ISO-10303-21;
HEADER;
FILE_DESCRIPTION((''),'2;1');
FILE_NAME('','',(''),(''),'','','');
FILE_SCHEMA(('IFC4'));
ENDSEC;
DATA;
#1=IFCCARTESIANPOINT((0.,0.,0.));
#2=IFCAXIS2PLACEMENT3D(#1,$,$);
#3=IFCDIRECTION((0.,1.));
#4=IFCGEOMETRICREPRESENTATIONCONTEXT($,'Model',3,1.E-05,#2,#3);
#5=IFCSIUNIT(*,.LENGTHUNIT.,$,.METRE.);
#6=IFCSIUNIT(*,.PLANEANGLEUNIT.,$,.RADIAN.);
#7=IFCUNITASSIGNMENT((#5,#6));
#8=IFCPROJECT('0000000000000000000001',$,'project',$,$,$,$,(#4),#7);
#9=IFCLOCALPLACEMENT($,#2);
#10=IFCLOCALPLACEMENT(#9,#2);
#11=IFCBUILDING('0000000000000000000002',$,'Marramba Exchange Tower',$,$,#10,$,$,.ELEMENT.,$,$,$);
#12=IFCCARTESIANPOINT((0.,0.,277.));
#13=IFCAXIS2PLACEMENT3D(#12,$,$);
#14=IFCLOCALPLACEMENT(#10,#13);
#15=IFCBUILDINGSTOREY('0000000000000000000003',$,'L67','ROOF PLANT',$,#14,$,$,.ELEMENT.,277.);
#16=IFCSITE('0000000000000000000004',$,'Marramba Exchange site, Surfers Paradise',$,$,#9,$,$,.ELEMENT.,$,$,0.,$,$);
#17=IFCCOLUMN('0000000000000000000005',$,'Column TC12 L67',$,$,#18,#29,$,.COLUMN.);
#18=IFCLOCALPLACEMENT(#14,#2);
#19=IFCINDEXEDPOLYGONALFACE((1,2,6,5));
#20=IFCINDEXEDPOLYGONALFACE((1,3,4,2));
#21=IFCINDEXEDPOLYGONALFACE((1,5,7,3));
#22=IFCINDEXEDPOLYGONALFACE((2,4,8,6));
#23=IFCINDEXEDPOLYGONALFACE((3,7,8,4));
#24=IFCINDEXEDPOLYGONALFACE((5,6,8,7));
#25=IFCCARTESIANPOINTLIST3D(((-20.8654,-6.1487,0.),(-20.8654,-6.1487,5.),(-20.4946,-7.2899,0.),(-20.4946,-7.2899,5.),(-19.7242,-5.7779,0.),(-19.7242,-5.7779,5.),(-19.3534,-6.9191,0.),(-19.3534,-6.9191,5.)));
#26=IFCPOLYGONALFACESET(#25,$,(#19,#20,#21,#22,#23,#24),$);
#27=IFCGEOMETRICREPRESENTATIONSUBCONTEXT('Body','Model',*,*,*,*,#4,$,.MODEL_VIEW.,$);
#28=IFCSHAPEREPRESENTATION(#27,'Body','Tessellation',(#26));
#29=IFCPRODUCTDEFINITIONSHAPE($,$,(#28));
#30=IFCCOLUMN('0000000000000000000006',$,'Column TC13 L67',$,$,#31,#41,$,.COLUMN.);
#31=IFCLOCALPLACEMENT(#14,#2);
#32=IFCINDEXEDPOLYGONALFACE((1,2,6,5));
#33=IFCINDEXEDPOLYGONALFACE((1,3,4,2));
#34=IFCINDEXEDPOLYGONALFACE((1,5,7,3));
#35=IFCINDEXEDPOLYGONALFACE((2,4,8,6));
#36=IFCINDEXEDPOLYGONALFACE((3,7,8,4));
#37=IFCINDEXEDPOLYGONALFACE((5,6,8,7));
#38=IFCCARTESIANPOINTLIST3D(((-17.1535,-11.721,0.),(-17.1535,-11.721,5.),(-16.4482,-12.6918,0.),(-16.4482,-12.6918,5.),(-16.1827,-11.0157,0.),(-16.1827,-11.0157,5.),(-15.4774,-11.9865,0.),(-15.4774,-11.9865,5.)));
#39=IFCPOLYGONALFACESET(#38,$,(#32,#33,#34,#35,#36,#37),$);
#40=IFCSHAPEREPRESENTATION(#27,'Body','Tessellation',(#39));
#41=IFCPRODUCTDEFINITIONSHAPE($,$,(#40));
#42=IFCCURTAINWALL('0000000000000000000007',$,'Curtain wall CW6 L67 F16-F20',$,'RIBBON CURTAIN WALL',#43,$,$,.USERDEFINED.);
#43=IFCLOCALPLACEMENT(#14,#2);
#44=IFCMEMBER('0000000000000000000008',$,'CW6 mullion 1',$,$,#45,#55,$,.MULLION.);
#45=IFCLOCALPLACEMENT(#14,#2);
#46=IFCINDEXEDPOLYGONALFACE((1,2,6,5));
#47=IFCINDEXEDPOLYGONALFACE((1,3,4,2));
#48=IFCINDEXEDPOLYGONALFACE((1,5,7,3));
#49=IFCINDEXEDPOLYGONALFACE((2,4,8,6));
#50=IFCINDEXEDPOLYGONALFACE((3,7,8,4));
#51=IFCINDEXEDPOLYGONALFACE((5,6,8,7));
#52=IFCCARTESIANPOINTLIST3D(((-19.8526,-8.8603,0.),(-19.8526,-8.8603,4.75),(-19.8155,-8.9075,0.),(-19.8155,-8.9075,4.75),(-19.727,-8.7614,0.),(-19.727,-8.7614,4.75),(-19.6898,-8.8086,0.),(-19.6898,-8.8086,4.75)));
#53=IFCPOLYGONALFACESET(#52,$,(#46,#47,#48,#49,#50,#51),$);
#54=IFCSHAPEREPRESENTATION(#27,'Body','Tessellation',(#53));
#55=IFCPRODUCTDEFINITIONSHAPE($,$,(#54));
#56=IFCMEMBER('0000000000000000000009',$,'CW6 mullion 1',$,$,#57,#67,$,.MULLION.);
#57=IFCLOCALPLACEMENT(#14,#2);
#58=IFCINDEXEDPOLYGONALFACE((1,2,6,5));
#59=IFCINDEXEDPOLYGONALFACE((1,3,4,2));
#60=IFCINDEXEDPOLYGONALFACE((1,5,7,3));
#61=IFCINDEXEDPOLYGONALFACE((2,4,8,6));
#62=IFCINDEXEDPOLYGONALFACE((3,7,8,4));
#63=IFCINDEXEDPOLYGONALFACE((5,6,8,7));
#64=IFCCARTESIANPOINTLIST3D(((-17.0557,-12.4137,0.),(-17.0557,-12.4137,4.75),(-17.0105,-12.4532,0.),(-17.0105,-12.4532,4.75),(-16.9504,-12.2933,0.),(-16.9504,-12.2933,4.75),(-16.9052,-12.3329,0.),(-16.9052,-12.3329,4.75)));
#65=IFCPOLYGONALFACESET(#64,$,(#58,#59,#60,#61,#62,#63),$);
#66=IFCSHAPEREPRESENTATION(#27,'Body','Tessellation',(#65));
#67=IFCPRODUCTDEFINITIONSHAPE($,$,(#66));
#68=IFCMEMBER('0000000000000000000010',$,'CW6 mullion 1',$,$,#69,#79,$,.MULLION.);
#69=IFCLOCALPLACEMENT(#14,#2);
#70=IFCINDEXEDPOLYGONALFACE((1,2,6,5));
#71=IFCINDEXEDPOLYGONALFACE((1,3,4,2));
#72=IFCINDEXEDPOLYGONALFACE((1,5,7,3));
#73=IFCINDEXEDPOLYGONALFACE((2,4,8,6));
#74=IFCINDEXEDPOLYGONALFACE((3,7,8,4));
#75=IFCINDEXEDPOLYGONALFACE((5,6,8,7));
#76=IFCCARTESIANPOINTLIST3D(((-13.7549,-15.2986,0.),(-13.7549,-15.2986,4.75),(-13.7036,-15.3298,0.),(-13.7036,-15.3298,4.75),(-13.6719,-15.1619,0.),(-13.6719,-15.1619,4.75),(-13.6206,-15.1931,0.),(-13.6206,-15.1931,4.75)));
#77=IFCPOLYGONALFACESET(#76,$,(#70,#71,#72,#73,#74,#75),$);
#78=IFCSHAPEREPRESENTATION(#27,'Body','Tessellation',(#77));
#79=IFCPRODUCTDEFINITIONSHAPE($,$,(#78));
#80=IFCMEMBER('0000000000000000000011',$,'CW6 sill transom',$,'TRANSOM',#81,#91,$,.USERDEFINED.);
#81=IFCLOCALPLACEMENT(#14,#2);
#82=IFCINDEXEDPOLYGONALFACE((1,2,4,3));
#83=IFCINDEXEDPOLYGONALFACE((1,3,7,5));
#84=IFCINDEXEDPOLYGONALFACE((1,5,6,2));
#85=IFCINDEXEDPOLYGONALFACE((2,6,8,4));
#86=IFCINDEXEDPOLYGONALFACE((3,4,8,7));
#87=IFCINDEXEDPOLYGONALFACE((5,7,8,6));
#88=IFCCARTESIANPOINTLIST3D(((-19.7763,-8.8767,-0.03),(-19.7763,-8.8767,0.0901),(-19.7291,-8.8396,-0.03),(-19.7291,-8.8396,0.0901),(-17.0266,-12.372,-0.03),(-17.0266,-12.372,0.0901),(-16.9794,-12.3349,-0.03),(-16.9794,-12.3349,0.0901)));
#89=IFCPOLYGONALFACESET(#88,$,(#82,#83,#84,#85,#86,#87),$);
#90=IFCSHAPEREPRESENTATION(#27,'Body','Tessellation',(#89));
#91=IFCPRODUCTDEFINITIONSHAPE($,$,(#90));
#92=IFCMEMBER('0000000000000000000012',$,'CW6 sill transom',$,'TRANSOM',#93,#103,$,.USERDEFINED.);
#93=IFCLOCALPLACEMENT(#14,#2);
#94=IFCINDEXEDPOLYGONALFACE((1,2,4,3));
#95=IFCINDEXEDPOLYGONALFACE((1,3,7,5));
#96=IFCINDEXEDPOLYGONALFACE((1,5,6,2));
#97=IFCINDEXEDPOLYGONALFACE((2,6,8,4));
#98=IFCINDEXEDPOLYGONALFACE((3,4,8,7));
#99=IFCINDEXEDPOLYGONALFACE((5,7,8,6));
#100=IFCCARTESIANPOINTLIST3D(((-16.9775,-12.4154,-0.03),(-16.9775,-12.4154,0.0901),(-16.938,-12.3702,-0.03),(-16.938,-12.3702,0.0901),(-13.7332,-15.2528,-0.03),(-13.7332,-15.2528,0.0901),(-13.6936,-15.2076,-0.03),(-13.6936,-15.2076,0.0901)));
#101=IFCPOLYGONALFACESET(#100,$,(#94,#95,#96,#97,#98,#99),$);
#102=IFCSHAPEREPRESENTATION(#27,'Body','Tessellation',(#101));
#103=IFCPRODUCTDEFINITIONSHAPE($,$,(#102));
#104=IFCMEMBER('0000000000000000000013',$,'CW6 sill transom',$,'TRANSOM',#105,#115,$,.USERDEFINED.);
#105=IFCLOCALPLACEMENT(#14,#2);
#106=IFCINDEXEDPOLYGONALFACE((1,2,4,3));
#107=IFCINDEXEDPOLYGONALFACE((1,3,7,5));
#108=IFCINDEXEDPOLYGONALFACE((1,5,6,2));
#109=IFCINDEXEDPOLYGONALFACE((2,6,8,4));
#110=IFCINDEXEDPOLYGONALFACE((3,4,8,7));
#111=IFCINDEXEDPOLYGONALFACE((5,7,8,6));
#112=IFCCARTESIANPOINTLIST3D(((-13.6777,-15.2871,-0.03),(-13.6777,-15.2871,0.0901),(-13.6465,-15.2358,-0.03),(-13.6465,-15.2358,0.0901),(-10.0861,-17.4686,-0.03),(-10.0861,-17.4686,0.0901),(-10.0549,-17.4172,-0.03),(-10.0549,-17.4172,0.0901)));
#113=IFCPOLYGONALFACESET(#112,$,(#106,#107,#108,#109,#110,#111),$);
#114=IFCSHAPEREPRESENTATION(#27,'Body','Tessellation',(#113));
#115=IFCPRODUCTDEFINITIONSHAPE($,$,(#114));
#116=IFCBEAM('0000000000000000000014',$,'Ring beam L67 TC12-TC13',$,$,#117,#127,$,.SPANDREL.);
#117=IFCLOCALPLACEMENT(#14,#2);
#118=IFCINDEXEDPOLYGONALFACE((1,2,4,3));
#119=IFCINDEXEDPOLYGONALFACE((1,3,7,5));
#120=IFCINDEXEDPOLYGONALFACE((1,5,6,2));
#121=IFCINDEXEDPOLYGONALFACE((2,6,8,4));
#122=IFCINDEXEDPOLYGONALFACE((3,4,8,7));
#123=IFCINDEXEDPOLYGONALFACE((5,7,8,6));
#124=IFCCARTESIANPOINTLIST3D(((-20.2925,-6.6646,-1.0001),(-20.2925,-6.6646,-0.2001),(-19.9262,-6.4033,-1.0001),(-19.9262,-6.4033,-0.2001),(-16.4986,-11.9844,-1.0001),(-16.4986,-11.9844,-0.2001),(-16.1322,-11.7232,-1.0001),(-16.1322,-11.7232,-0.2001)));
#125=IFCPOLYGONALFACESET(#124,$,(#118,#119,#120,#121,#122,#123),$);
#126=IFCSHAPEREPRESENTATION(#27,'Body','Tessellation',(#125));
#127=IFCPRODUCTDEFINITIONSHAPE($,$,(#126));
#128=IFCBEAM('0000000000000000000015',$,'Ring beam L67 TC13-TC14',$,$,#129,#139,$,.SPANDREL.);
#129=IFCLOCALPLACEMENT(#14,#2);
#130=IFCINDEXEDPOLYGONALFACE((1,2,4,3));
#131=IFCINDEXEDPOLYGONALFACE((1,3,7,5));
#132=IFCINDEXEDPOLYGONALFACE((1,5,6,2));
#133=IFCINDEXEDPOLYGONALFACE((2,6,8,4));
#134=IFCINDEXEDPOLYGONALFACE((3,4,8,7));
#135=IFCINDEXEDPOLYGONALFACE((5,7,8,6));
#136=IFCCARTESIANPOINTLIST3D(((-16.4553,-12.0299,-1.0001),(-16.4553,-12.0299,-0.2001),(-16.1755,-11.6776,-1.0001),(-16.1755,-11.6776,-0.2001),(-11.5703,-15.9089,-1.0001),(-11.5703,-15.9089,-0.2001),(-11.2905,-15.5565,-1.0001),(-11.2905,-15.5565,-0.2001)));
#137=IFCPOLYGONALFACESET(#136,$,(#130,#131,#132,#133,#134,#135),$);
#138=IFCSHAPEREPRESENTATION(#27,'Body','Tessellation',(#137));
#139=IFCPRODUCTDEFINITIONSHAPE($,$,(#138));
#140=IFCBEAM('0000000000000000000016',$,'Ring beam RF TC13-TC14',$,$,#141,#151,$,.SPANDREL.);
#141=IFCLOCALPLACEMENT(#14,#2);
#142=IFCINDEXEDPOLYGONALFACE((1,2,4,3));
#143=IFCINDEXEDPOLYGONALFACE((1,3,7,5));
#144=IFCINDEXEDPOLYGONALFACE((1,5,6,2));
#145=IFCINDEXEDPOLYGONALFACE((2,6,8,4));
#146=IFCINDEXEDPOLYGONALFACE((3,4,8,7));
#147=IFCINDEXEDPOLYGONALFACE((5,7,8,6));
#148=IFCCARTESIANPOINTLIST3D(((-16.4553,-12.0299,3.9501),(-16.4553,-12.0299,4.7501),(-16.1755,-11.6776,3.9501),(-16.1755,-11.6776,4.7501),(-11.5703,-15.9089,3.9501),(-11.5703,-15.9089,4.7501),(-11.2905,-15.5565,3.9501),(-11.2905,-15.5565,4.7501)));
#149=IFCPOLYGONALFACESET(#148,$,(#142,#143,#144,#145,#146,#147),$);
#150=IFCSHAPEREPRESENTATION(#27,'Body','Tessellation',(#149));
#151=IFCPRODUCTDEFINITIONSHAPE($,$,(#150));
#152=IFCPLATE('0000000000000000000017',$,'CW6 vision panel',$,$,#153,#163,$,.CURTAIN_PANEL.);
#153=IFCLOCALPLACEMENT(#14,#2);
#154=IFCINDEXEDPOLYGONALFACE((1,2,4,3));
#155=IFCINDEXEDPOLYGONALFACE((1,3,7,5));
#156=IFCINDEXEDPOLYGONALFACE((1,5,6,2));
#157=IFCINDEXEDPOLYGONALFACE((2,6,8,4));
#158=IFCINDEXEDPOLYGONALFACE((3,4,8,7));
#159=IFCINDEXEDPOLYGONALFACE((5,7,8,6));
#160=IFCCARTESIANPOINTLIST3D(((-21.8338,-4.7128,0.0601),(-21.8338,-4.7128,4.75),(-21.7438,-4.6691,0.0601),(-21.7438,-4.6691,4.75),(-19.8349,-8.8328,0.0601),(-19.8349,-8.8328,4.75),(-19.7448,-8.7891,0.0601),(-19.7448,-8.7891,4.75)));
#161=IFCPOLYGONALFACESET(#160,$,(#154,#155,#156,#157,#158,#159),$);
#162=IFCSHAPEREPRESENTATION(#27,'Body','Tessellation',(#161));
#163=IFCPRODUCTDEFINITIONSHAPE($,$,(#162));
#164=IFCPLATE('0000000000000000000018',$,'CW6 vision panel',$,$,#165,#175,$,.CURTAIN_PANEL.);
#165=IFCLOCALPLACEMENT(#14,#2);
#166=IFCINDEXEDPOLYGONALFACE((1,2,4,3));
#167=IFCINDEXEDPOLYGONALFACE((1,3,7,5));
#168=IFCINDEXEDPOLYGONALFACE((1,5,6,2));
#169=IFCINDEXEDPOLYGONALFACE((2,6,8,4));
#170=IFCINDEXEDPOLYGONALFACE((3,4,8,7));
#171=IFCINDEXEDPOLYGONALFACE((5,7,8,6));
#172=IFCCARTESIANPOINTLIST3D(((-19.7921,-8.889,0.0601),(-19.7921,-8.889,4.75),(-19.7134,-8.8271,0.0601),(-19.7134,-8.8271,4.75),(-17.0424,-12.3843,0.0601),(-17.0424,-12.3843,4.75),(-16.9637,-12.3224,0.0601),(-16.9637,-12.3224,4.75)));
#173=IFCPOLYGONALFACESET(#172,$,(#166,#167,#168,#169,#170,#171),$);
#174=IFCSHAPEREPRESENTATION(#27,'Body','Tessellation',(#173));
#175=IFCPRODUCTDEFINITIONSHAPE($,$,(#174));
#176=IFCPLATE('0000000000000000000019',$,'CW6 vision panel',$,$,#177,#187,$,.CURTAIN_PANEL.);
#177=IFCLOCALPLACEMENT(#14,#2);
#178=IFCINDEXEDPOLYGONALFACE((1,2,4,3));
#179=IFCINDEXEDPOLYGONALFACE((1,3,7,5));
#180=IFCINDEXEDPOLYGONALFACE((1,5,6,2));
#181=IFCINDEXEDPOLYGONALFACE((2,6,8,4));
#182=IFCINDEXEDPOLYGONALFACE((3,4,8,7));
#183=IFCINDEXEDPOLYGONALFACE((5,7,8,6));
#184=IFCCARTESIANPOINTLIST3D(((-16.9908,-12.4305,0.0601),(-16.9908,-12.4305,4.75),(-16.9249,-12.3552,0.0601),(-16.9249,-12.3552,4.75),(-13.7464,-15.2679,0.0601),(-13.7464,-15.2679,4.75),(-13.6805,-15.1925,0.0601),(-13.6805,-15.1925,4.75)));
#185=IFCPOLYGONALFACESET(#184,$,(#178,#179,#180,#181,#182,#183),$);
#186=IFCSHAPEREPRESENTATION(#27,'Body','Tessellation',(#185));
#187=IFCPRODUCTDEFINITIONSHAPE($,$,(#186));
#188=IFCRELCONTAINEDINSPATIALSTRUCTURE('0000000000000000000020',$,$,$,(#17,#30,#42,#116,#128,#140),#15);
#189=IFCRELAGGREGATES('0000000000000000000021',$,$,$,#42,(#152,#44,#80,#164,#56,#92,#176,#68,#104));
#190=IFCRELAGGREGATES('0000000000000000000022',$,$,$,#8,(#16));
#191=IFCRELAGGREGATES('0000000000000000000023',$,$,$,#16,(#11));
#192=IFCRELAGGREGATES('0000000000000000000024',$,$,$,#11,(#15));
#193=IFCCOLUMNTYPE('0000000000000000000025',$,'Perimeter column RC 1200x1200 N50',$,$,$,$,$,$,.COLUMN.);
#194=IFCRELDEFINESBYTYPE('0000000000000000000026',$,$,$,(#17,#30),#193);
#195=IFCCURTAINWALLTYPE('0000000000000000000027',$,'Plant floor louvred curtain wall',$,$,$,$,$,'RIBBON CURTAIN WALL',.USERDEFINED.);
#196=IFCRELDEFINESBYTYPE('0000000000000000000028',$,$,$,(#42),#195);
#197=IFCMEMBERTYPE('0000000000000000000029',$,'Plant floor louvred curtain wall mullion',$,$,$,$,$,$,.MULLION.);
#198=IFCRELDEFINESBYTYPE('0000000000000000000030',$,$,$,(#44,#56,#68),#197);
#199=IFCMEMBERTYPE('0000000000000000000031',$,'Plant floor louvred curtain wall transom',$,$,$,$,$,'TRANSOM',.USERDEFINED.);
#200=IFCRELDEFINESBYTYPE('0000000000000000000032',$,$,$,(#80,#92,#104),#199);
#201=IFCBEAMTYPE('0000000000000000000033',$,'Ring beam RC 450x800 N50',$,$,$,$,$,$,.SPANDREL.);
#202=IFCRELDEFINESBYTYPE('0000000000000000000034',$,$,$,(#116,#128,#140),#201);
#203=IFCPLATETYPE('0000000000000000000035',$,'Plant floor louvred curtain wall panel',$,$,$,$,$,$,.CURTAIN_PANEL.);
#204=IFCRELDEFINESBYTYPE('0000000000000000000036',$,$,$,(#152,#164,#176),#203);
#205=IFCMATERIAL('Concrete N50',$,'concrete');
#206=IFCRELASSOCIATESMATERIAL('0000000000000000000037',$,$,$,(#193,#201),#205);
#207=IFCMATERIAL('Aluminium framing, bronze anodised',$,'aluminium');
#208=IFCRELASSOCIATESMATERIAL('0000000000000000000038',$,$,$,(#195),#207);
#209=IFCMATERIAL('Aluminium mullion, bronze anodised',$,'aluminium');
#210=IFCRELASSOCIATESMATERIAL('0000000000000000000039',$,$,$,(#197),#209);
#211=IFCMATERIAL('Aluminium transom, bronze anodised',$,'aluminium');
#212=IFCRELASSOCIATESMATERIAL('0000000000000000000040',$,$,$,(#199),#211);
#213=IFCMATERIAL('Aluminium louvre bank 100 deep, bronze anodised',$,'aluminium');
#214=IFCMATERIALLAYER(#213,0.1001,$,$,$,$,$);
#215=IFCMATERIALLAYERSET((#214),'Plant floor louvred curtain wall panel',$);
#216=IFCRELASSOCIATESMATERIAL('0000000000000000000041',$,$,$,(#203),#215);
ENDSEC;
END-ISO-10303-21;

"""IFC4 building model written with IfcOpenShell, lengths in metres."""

from ifc_helpers import new_model, si_unit, direction, frame, origin, origin_2d, place, context, subcontext, project, spatial, rectangle, extrude, material, layer, layer_set, material_profile, profile_set, type_object, element, aggregate, save


model = new_model("IFC4")

# Units and contexts
model_context = context("Model", 3, precision=1e-05, world=origin(), true_north=direction((0.0, 1.0)))
body_context = subcontext(model_context, "Body", "Model", "MODEL_VIEW")
ifc_project = project(units=[si_unit("LENGTHUNIT", "METRE"), si_unit("PLANEANGLEUNIT", "RADIAN")], contexts=[model_context])

# Site, building, storey
site_placement = place(None, origin())
site = spatial("IfcSite", under=ifc_project, at=site_placement, Name="Marramba Exchange site, Surfers Paradise", CompositionType="ELEMENT", RefElevation=0.0)
building_placement = place(site_placement, origin())
building = spatial("IfcBuilding", under=site, at=building_placement, Name="Marramba Exchange Tower", CompositionType="ELEMENT")
storey_placement = place(building_placement, frame((0.0, 0.0, 277.0)))
storey = spatial("IfcBuildingStorey", under=building, at=storey_placement, Name="L67", Description="ROOF PLANT", CompositionType="ELEMENT", Elevation=277.0)

# Columns
ifc_material_1 = material(Name="Concrete N50", Category="concrete")
ifc_material_profile_1 = material_profile(ifc_material_1, rectangle(XDim=1.2, YDim=1.2, at=origin_2d()), Name="RC 1200x1200")
ifc_profile_set_1 = profile_set([ifc_material_profile_1], Name="Concrete N50")
column_type = type_object("IfcColumnType", Name="Perimeter column RC 1200x1200 N50", PredefinedType="COLUMN", material=ifc_profile_set_1)
for number, where, z_axis, x_axis, name in (
    (1, (-20.1094, -6.5339, 0.0), (0.0, 0.0, 1.0), (-0.951057, -0.309017, 0.0), "Column TC12 L67"),
    (2, (-16.3154, -11.8538, 0.0), (0.0, 0.0, 1.0), (-0.809017, -0.587785, 0.0), "Column TC13 L67"),
):
    element("IfcColumn", number, at=place(storey_placement, frame(where, z_axis=z_axis, x_axis=x_axis)), inside=storey, type_object=column_type, Name=name, PredefinedType="COLUMN", context=body_context, shape_type="SweptSolid", body=[
        extrude(rectangle(XDim=1.2, YDim=1.2, at=origin_2d()), origin(), (0.0, 0.0, 1.0), 5.0),
    ])

# Curtain wall, members
ifc_material_2 = material(Name="Aluminium framing, bronze anodised", Category="aluminium")
curtain_wall_type = type_object("IfcCurtainWallType", Name="Plant floor louvred curtain wall", ElementType="RIBBON CURTAIN WALL", PredefinedType="USERDEFINED", material=ifc_material_2)
curtain_wall_placement = place(storey_placement, origin())
curtain_wall = element("IfcCurtainWall", 3, at=curtain_wall_placement, inside=storey, type_object=curtain_wall_type, Name="Curtain wall CW6 L67 F16-F20", ObjectType="RIBBON CURTAIN WALL", PredefinedType="USERDEFINED")
ifc_material_3 = material(Name="Aluminium mullion, bronze anodised", Category="aluminium")
ifc_material_profile_2 = material_profile(ifc_material_3, rectangle(XDim=0.1599, YDim=0.0601, at=origin_2d()), Name="CW6 mullion 60x160")
ifc_profile_set_2 = profile_set([ifc_material_profile_2], Name="Aluminium mullion, bronze anodised")
member_type_1 = type_object("IfcMemberType", Name="Plant floor louvred curtain wall mullion", PredefinedType="MULLION", material=ifc_profile_set_2)
member_1_placement = place(storey_placement, frame((-19.7712, -8.8345, 0.0), z_axis=(0.0, 0.0, 1.0), x_axis=(0.78595, 0.618291, 0.0)))
member_1 = element("IfcMember", 4, at=member_1_placement, type_object=member_type_1, Name="CW6 mullion 1", PredefinedType="MULLION", context=body_context, shape_type="SweptSolid", body=[
    extrude(rectangle(XDim=0.1599, YDim=0.0601, at=origin_2d()), origin(), (0.0, 0.0, 1.0), 4.75),
])
member_2_placement = place(storey_placement, frame((-16.9805, -12.3733, 0.0), z_axis=(0.0, 0.0, 1.0), x_axis=(0.658305, 0.752751, 0.0)))
member_2 = element("IfcMember", 5, at=member_2_placement, type_object=member_type_1, Name="CW6 mullion 1", PredefinedType="MULLION", context=body_context, shape_type="SweptSolid", body=[
    extrude(rectangle(XDim=0.1599, YDim=0.0601, at=origin_2d()), origin(), (0.0, 0.0, 1.0), 4.75),
])
member_3_placement = place(storey_placement, frame((-13.6877, -15.2458, 0.0), z_axis=(0.0, 0.0, 1.0), x_axis=(0.519115, 0.854704, 0.0)))
member_3 = element("IfcMember", 6, at=member_3_placement, type_object=member_type_1, Name="CW6 mullion 1", PredefinedType="MULLION", context=body_context, shape_type="SweptSolid", body=[
    extrude(rectangle(XDim=0.1599, YDim=0.0601, at=origin_2d()), origin(), (0.0, 0.0, 1.0), 4.75),
])
ifc_material_4 = material(Name="Aluminium transom, bronze anodised", Category="aluminium")
ifc_material_profile_3 = material_profile(ifc_material_4, rectangle(XDim=0.0601, YDim=0.1201, at=origin_2d()), Name="CW6 transom 60x120")
ifc_profile_set_3 = profile_set([ifc_material_profile_3], Name="Aluminium transom, bronze anodised")
member_type_2 = type_object("IfcMemberType", Name="Plant floor louvred curtain wall transom", ElementType="TRANSOM", PredefinedType="USERDEFINED", material=ifc_profile_set_3)
member_4_placement = place(storey_placement, frame((-19.7527, -8.8582, 0.03), z_axis=(0.618294, -0.785947, 0.0), x_axis=(0.785947, 0.618294, 0.0)))
member_4 = element("IfcMember", 7, at=member_4_placement, type_object=member_type_2, Name="CW6 sill transom", ObjectType="TRANSOM", PredefinedType="USERDEFINED", context=body_context, shape_type="SweptSolid", body=[
    extrude(rectangle(XDim=0.0601, YDim=0.1201, at=origin_2d()), origin(), (0.0, 0.0, 1.0), 4.4473),
])
member_5_placement = place(storey_placement, frame((-16.9578, -12.3928, 0.03), z_axis=(0.752742, -0.658316, 0.0), x_axis=(0.658316, 0.752742, 0.0)))
member_5 = element("IfcMember", 8, at=member_5_placement, type_object=member_type_2, Name="CW6 sill transom", ObjectType="TRANSOM", PredefinedType="USERDEFINED", context=body_context, shape_type="SweptSolid", body=[
    extrude(rectangle(XDim=0.0601, YDim=0.1201, at=origin_2d()), origin(), (0.0, 0.0, 1.0), 4.3101),
])
member_6_placement = place(storey_placement, frame((-13.6621, -15.2615, 0.03), z_axis=(0.854702, -0.519119, 0.0), x_axis=(0.519119, 0.854702, 0.0)))
member_6 = element("IfcMember", 9, at=member_6_placement, type_object=member_type_2, Name="CW6 sill transom", ObjectType="TRANSOM", PredefinedType="USERDEFINED", context=body_context, shape_type="SweptSolid", body=[
    extrude(rectangle(XDim=0.0601, YDim=0.1201, at=origin_2d()), origin(), (0.0, 0.0, 1.0), 4.2021),
])

# Beams
ifc_material_profile_4 = material_profile(ifc_material_1, rectangle(XDim=0.45, YDim=0.8, at=origin_2d()), Name="RC 450x800")
ifc_profile_set_4 = profile_set([ifc_material_profile_4], Name="Concrete N50")
beam_type = type_object("IfcBeamType", Name="Ring beam RC 450x800 N50", PredefinedType="SPANDREL", material=ifc_profile_set_4)
beam_placement = place(storey_placement, frame((-20.1094, -6.5339, -0.6001), z_axis=(0.580637, -0.814162, 0.0), x_axis=(0.814162, 0.580637, 0.0)))
element("IfcBeam", 10, at=beam_placement, inside=storey, type_object=beam_type, Name="Ring beam L67 TC12-TC13", PredefinedType="SPANDREL", context=body_context, shape_type="SweptSolid", body=[
    extrude(rectangle(XDim=0.45, YDim=0.8, at=origin_2d()), origin(), (0.0, 0.0, 1.0), 6.5342),
])
for number, where, z_axis, x_axis, name in (
    (11, (-16.3154, -11.8538, -0.6001), (0.783139, -0.621846, 0.0), (0.621846, 0.783139, 0.0), "Ring beam L67 TC13-TC14"),
    (12, (-16.3154, -11.8538, 4.3501), (0.783139, -0.621846, 0.0), (0.621846, 0.783139, 0.0), "Ring beam RF TC13-TC14"),
):
    element("IfcBeam", number, at=place(storey_placement, frame(where, z_axis=z_axis, x_axis=x_axis)), inside=storey, type_object=beam_type, Name=name, PredefinedType="SPANDREL", context=body_context, shape_type="SweptSolid", body=[
        extrude(rectangle(XDim=0.45, YDim=0.8, at=origin_2d()), origin(), (0.0, 0.0, 1.0), 6.2378),
    ])

# Plates
ifc_material_5 = material(Name="Aluminium louvre bank 100 deep, bronze anodised", Category="aluminium")
ifc_layer_1 = layer(ifc_material_5, 0.1001)
ifc_layer_set_1 = layer_set([ifc_layer_1], Name="Plant floor louvred curtain wall panel")
plate_type = type_object("IfcPlateType", Name="Plant floor louvred curtain wall panel", PredefinedType="CURTAIN_PANEL", material=ifc_layer_set_1)
plate_1_placement = place(storey_placement, frame((-20.7893, -6.751, 0.0601), z_axis=(0.0, 0.0, 1.0), x_axis=(0.436515, -0.899697, 0.0)))
plate_1 = element("IfcPlate", 13, at=plate_1_placement, type_object=plate_type, Name="CW6 vision panel", PredefinedType="CURTAIN_PANEL", context=body_context, shape_type="SweptSolid", body=[
    extrude(rectangle(XDim=4.5793, YDim=0.1001, at=origin_2d()), origin(), (0.0, 0.0, 1.0), 4.6899),
])
plate_2_placement = place(storey_placement, frame((-18.3779, -10.6057, 0.0601), z_axis=(0.0, 0.0, 1.0), x_axis=(0.618291, -0.78595, 0.0)))
plate_2 = element("IfcPlate", 14, at=plate_2_placement, type_object=plate_type, Name="CW6 vision panel", PredefinedType="CURTAIN_PANEL", context=body_context, shape_type="SweptSolid", body=[
    extrude(rectangle(XDim=4.4473, YDim=0.1001, at=origin_2d()), origin(), (0.0, 0.0, 1.0), 4.6899),
])
plate_3_placement = place(storey_placement, frame((-15.3357, -13.8115, 0.0601), z_axis=(0.0, 0.0, 1.0), x_axis=(0.752751, -0.658305, 0.0)))
plate_3 = element("IfcPlate", 15, at=plate_3_placement, type_object=plate_type, Name="CW6 vision panel", PredefinedType="CURTAIN_PANEL", context=body_context, shape_type="SweptSolid", body=[
    extrude(rectangle(XDim=4.3101, YDim=0.1001, at=origin_2d()), origin(), (0.0, 0.0, 1.0), 4.6899),
])
aggregate(curtain_wall, [plate_1, member_1, member_4, plate_2, member_2, member_5, plate_3, member_3, member_6])

save(model, "model.ifc")
